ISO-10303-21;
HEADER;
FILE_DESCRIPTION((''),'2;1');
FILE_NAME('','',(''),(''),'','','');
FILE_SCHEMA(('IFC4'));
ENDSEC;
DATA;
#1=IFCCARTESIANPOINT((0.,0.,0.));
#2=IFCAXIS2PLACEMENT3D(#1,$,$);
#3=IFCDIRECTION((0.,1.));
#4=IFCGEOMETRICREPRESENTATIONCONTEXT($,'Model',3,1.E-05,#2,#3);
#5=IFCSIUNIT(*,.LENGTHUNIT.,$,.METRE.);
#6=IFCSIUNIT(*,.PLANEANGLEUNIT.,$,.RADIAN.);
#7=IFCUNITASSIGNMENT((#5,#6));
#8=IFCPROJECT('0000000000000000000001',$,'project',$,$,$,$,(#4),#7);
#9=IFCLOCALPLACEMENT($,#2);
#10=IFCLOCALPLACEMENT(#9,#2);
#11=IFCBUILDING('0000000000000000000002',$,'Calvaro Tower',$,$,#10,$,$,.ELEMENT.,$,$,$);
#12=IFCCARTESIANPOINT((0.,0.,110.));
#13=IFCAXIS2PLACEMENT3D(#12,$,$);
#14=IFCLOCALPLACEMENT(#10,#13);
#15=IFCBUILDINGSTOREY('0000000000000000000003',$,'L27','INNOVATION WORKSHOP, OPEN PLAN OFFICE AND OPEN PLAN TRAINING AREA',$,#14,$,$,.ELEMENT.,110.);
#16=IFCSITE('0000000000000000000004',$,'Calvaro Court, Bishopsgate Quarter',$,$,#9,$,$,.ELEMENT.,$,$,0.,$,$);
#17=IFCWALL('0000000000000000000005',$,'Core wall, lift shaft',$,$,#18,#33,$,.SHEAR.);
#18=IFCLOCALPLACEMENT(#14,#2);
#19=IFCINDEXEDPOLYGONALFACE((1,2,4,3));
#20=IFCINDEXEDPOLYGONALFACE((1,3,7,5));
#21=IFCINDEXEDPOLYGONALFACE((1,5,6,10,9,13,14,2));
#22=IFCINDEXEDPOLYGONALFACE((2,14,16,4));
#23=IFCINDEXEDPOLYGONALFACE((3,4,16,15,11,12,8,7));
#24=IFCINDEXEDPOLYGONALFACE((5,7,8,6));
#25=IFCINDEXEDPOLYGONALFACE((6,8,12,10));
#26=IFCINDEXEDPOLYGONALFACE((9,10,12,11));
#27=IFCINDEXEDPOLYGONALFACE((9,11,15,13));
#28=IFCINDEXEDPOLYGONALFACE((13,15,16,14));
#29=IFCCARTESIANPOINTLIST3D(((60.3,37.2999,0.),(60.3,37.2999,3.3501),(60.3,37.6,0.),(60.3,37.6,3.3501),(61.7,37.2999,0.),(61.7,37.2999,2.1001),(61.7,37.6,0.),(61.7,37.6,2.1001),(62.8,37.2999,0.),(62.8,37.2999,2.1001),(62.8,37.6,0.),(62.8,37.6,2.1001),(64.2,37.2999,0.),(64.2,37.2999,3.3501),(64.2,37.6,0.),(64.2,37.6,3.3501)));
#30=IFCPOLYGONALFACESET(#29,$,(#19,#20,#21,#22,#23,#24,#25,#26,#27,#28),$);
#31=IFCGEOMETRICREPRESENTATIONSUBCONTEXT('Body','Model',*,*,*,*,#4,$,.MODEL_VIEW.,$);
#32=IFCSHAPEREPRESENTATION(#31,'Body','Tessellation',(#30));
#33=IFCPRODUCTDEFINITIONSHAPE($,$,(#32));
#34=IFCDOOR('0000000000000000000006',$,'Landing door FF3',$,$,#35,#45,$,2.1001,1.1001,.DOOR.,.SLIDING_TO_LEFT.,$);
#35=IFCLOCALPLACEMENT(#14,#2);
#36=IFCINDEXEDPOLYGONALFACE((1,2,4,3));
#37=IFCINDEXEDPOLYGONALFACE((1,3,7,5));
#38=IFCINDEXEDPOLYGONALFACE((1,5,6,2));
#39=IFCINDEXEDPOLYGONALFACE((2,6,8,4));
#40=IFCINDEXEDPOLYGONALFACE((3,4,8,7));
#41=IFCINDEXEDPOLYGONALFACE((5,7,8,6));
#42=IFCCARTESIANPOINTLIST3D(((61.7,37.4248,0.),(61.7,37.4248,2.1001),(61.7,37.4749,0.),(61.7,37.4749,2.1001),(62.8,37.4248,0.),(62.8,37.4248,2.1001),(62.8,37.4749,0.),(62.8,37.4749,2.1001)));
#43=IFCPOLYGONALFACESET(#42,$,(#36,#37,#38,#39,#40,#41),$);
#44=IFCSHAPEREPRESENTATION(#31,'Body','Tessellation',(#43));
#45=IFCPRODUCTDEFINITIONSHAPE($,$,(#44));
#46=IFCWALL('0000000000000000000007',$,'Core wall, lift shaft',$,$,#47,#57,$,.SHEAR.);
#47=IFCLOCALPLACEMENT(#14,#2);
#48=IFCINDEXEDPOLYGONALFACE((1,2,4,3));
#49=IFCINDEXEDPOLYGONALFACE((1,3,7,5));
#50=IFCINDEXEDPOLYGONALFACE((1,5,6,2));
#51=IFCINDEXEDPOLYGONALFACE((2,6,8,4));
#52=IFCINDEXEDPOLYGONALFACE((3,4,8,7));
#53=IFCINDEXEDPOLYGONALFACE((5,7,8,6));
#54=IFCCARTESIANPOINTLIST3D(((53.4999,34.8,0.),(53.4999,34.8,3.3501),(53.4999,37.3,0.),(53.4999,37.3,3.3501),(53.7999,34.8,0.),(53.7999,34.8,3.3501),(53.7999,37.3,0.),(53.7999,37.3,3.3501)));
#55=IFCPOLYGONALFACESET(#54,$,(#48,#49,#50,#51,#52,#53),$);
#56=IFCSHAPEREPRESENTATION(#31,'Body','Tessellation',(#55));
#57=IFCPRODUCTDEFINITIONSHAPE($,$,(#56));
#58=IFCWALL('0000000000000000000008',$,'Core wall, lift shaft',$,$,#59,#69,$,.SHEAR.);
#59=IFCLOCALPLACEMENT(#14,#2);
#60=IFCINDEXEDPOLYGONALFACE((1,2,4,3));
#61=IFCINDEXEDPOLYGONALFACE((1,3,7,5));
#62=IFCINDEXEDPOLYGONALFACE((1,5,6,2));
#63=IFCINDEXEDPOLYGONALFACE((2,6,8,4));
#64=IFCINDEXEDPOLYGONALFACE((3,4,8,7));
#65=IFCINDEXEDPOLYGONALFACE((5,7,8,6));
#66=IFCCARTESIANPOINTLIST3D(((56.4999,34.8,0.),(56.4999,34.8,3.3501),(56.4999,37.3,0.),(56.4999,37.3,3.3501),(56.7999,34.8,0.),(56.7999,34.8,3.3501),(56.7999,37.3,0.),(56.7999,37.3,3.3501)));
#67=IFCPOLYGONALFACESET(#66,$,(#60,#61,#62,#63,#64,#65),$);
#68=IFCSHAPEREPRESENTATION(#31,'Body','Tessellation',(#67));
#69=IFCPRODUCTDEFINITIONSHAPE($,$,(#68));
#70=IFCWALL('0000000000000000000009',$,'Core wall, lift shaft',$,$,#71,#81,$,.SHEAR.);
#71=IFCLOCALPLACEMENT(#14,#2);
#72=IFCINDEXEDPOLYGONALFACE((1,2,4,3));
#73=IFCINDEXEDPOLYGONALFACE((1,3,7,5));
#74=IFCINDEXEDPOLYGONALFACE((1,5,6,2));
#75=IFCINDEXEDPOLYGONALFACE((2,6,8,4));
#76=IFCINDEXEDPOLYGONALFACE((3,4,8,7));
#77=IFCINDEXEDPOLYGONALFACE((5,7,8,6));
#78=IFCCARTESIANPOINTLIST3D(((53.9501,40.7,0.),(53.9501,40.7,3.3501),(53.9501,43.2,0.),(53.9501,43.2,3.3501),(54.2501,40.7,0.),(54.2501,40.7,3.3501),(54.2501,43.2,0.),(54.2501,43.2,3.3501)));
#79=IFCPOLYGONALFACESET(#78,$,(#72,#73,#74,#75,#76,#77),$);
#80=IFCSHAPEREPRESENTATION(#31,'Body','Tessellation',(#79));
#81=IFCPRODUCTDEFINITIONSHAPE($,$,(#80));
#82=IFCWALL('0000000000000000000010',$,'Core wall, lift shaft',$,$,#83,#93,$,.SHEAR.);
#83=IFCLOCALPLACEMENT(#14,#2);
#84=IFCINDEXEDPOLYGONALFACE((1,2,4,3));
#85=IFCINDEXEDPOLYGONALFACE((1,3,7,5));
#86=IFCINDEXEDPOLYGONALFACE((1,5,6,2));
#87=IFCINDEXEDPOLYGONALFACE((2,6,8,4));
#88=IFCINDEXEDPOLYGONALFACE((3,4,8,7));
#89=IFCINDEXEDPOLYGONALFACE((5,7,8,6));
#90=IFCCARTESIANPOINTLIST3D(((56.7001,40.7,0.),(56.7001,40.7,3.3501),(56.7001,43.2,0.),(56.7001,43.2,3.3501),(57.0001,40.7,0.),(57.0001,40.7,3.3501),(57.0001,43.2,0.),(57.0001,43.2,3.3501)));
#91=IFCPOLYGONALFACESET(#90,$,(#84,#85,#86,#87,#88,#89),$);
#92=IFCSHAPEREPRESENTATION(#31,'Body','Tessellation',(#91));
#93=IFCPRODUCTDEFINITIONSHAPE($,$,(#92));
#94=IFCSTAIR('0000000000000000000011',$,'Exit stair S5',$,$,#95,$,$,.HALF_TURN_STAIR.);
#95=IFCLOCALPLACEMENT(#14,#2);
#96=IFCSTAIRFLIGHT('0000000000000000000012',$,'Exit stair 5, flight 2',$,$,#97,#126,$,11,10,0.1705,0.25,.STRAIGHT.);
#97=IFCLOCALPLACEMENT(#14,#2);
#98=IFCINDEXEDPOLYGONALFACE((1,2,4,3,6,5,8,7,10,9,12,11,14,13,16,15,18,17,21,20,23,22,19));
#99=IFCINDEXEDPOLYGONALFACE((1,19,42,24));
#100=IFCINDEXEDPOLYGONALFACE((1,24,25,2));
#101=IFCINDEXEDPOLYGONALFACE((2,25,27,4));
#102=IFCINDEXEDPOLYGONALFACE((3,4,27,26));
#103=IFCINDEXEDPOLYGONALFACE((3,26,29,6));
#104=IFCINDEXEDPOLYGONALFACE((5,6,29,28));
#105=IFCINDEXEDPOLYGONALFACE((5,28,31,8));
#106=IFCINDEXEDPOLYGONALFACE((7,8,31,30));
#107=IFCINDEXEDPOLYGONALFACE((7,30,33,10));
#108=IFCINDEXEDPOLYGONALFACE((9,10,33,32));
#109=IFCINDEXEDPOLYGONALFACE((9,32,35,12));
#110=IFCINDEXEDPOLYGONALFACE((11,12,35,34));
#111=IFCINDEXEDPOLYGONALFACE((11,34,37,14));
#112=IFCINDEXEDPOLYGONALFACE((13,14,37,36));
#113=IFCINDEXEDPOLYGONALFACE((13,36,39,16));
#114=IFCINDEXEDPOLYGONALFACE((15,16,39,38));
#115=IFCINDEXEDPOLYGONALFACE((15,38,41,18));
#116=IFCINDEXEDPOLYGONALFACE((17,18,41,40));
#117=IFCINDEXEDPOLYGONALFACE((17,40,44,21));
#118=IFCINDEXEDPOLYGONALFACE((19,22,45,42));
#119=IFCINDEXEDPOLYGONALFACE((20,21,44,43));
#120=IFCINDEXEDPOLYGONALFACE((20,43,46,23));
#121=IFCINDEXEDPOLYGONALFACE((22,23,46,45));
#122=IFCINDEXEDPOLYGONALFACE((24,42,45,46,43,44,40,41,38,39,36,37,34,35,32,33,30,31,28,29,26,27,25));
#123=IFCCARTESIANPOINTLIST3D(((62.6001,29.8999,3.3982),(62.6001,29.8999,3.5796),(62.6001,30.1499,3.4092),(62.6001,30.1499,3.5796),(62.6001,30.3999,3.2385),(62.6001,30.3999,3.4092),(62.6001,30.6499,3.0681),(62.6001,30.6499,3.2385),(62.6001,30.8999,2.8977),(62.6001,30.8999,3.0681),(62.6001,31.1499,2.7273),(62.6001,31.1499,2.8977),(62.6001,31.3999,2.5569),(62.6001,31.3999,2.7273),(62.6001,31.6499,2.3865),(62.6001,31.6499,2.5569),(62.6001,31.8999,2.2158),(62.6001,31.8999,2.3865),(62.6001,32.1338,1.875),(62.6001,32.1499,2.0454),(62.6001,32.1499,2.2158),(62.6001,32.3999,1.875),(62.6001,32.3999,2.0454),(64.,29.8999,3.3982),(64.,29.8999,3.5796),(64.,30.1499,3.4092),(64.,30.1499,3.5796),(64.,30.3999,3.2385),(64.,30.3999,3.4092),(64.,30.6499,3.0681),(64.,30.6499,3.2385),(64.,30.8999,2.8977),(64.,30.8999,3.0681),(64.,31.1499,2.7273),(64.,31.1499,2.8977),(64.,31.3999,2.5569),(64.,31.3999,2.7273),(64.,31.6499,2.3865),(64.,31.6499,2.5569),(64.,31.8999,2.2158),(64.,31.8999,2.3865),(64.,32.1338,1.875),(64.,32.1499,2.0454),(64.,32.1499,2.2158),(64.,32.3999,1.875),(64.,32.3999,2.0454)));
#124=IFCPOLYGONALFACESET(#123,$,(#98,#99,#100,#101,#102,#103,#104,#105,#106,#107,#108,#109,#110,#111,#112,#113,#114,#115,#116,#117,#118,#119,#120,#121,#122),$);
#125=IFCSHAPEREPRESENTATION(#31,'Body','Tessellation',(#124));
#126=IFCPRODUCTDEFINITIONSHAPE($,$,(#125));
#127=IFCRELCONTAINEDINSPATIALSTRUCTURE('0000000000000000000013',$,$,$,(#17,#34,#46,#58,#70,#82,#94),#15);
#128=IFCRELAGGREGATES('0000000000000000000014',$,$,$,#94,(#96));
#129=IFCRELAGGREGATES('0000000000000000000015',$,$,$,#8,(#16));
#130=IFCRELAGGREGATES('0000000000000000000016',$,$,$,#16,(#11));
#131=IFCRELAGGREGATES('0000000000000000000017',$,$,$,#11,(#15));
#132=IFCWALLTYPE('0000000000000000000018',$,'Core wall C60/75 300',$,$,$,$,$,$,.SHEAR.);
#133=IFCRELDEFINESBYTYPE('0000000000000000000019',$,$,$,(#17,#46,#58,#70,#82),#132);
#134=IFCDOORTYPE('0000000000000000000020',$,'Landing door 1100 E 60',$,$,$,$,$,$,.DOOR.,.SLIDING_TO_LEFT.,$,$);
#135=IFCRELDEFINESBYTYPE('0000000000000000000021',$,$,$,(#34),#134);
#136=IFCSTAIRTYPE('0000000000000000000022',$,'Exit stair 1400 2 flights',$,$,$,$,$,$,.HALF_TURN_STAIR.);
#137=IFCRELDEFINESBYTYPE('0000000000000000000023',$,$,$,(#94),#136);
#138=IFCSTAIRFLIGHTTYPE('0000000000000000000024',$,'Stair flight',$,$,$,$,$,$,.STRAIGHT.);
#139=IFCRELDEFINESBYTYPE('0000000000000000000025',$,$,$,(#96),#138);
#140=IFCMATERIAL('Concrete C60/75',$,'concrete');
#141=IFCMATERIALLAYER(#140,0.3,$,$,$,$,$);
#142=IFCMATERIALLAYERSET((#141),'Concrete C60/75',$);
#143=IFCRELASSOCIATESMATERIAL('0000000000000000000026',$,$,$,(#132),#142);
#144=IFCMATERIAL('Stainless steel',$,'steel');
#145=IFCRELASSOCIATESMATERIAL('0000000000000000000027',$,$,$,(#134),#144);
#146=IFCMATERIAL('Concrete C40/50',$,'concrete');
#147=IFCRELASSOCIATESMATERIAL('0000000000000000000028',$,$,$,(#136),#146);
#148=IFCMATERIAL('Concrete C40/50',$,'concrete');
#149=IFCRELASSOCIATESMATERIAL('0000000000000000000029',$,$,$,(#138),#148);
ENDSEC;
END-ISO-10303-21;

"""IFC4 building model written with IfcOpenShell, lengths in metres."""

from ifc_helpers import new_model, si_unit, direction, frame, frame_2d, origin, place, context, subcontext, project, spatial, polyline, rectangle, outline, extrude, material, layer, layer_set, type_object, element, fill, aggregate, save


model = new_model("IFC4")

# Units and contexts
model_context = context("Model", 3, precision=1e-05, world=origin(), true_north=direction((0.0, 1.0)))
body_context = subcontext(model_context, "Body", "Model", "MODEL_VIEW")
ifc_project = project(units=[si_unit("LENGTHUNIT", "METRE"), si_unit("PLANEANGLEUNIT", "RADIAN")], contexts=[model_context])

# Site, building, storey
site_placement = place(None, origin())
site = spatial("IfcSite", under=ifc_project, at=site_placement, Name="Calvaro Court, Bishopsgate Quarter", CompositionType="ELEMENT", RefElevation=0.0)
building_placement = place(site_placement, origin())
building = spatial("IfcBuilding", under=site, at=building_placement, Name="Calvaro Tower", CompositionType="ELEMENT")
storey_placement = place(building_placement, frame((0.0, 0.0, 110.0)))
storey = spatial("IfcBuildingStorey", under=building, at=storey_placement, Name="L27", Description="INNOVATION WORKSHOP, OPEN PLAN OFFICE AND OPEN PLAN TRAINING AREA", CompositionType="ELEMENT", Elevation=110.0)

# Shared definitions
ifc_material_1 = material(Name="Concrete C60/75", Category="concrete")
ifc_layer_1 = layer(ifc_material_1, 0.3)
ifc_layer_set_1 = layer_set([ifc_layer_1], Name="Concrete C60/75")
wall_type_1 = type_object("IfcWallType", Name="Core wall C60/75 300", PredefinedType="SHEAR", material=ifc_layer_set_1)

# Wall, opening, door
wall_1_placement = place(storey_placement, frame((60.3, 37.45, 0.0), z_axis=(0.0, 0.0, 1.0), x_axis=(1.0, 0.0, 0.0)))
wall_1 = element("IfcWall", 1, at=wall_1_placement, inside=storey, type_object=wall_type_1, Name="Core wall, lift shaft", PredefinedType="SHEAR", context=body_context, shape_type="SweptSolid", body=[
    extrude(rectangle(XDim=3.8999, YDim=0.3, at=frame_2d((1.95, 0.0))), origin(), (0.0, 0.0, 1.0), 3.3501),
])
opening_1_placement = place(wall_1_placement, frame((1.3999, 0.0, 0.0)))
opening_1 = element("IfcOpeningElement", 2, at=opening_1_placement, cuts=wall_1, PredefinedType="OPENING", context=body_context, shape_type="SweptSolid", body=[
    extrude(rectangle(XDim=1.1001, YDim=2.1001, at=frame_2d((0.55, 1.05))), frame((0.0, 0.1599, 0.0), z_axis=(0.0, -1.0, 0.0), x_axis=(1.0, 0.0, 0.0)), (0.0, 0.0, 1.0), 0.3201),
])
ifc_material_2 = material(Name="Stainless steel", Category="steel")
door_type_1 = type_object("IfcDoorType", Name="Landing door 1100 E 60", OperationType="SLIDING_TO_LEFT", PredefinedType="DOOR", material=ifc_material_2)
door_1_placement = place(opening_1_placement, origin())
door_1 = element("IfcDoor", 3, at=door_1_placement, inside=storey, type_object=door_type_1, Name="Landing door FF3", OperationType="SLIDING_TO_LEFT", OverallHeight=2.1001, OverallWidth=1.1001, PredefinedType="DOOR", context=body_context, shape_type="SweptSolid", body=[
    extrude(rectangle(XDim=1.1001, YDim=2.1001, at=frame_2d((0.55, 1.05))), frame((0.0, 0.0249, 0.0), z_axis=(0.0, -1.0, 0.0), x_axis=(1.0, 0.0, 0.0)), (0.0, 0.0, 1.0), 0.05),
])
fill(opening_1, door_1)

# Walls
for number, where, z_axis, x_axis, name in (
    (4, (53.6499, 34.8, 0.0), (0.0, 0.0, 1.0), (0.0, 1.0, 0.0), "Core wall, lift shaft"),
    (5, (56.6499, 34.8, 0.0), (0.0, 0.0, 1.0), (0.0, 1.0, 0.0), "Core wall, lift shaft"),
    (6, (54.1001, 40.7, 0.0), (0.0, 0.0, 1.0), (0.0, 1.0, 0.0), "Core wall, lift shaft"),
    (7, (56.8501, 40.7, 0.0), (0.0, 0.0, 1.0), (0.0, 1.0, 0.0), "Core wall, lift shaft"),
):
    element("IfcWall", number, at=place(storey_placement, frame(where, z_axis=z_axis, x_axis=x_axis)), inside=storey, type_object=wall_type_1, Name=name, PredefinedType="SHEAR", context=body_context, shape_type="SweptSolid", body=[
        extrude(rectangle(XDim=2.5, YDim=0.3, at=frame_2d((1.25, 0.0))), origin(), (0.0, 0.0, 1.0), 3.3501),
    ])

# Stair, stair flight
ifc_material_3 = material(Name="Concrete C40/50", Category="concrete")
stair_type = type_object("IfcStairType", Name="Exit stair 1400 2 flights", PredefinedType="HALF_TURN_STAIR", material=ifc_material_3)
stair_placement = place(storey_placement, origin())
stair = element("IfcStair", 8, at=stair_placement, inside=storey, type_object=stair_type, Name="Exit stair S5", PredefinedType="HALF_TURN_STAIR")
ifc_material_4 = material(Name="Concrete C40/50", Category="concrete")
stair_flight_type = type_object("IfcStairFlightType", Name="Stair flight", PredefinedType="STRAIGHT", material=ifc_material_4)
stair_flight_placement = place(storey_placement, frame((63.3, 32.3999, 1.875), z_axis=(0.0, 0.0, 1.0), x_axis=(0.0, -1.0, 0.0)))
stair_flight = element("IfcStairFlight", 9, at=stair_flight_placement, type_object=stair_flight_type, Name="Exit stair 5, flight 2", NumberOfRisers=11, NumberOfTreads=10, PredefinedType="STRAIGHT", RiserHeight=0.1705, TreadLength=0.25, context=body_context, shape_type="SweptSolid", body=[
    extrude(outline(polyline([(0.0, 0.0), (0.0, 0.1704), (0.25, 0.1704), (0.25, 0.3408), (0.5, 0.3408), (0.5, 0.5115), (0.75, 0.5115), (0.75, 0.6819), (1.0, 0.6819), (1.0, 0.8523), (1.25, 0.8523), (1.25, 1.0227), (1.5, 1.0227), (1.5, 1.1931), (1.75, 1.1931), (1.75, 1.3635), (2.0, 1.3635), (2.0, 1.5342), (2.25, 1.5342), (2.25, 1.7046), (2.5, 1.7046), (2.5, 1.875), (2.5, 1.5232), (0.2661, 0.0), (0.0, 0.0)])), frame((0.0, 0.7, 0.0), z_axis=(0.0, -1.0, 0.0), x_axis=(1.0, 0.0, 0.0)), (0.0, 0.0, 1.0), 1.3999),
])
aggregate(stair, [stair_flight])

save(model, "model.ifc")
